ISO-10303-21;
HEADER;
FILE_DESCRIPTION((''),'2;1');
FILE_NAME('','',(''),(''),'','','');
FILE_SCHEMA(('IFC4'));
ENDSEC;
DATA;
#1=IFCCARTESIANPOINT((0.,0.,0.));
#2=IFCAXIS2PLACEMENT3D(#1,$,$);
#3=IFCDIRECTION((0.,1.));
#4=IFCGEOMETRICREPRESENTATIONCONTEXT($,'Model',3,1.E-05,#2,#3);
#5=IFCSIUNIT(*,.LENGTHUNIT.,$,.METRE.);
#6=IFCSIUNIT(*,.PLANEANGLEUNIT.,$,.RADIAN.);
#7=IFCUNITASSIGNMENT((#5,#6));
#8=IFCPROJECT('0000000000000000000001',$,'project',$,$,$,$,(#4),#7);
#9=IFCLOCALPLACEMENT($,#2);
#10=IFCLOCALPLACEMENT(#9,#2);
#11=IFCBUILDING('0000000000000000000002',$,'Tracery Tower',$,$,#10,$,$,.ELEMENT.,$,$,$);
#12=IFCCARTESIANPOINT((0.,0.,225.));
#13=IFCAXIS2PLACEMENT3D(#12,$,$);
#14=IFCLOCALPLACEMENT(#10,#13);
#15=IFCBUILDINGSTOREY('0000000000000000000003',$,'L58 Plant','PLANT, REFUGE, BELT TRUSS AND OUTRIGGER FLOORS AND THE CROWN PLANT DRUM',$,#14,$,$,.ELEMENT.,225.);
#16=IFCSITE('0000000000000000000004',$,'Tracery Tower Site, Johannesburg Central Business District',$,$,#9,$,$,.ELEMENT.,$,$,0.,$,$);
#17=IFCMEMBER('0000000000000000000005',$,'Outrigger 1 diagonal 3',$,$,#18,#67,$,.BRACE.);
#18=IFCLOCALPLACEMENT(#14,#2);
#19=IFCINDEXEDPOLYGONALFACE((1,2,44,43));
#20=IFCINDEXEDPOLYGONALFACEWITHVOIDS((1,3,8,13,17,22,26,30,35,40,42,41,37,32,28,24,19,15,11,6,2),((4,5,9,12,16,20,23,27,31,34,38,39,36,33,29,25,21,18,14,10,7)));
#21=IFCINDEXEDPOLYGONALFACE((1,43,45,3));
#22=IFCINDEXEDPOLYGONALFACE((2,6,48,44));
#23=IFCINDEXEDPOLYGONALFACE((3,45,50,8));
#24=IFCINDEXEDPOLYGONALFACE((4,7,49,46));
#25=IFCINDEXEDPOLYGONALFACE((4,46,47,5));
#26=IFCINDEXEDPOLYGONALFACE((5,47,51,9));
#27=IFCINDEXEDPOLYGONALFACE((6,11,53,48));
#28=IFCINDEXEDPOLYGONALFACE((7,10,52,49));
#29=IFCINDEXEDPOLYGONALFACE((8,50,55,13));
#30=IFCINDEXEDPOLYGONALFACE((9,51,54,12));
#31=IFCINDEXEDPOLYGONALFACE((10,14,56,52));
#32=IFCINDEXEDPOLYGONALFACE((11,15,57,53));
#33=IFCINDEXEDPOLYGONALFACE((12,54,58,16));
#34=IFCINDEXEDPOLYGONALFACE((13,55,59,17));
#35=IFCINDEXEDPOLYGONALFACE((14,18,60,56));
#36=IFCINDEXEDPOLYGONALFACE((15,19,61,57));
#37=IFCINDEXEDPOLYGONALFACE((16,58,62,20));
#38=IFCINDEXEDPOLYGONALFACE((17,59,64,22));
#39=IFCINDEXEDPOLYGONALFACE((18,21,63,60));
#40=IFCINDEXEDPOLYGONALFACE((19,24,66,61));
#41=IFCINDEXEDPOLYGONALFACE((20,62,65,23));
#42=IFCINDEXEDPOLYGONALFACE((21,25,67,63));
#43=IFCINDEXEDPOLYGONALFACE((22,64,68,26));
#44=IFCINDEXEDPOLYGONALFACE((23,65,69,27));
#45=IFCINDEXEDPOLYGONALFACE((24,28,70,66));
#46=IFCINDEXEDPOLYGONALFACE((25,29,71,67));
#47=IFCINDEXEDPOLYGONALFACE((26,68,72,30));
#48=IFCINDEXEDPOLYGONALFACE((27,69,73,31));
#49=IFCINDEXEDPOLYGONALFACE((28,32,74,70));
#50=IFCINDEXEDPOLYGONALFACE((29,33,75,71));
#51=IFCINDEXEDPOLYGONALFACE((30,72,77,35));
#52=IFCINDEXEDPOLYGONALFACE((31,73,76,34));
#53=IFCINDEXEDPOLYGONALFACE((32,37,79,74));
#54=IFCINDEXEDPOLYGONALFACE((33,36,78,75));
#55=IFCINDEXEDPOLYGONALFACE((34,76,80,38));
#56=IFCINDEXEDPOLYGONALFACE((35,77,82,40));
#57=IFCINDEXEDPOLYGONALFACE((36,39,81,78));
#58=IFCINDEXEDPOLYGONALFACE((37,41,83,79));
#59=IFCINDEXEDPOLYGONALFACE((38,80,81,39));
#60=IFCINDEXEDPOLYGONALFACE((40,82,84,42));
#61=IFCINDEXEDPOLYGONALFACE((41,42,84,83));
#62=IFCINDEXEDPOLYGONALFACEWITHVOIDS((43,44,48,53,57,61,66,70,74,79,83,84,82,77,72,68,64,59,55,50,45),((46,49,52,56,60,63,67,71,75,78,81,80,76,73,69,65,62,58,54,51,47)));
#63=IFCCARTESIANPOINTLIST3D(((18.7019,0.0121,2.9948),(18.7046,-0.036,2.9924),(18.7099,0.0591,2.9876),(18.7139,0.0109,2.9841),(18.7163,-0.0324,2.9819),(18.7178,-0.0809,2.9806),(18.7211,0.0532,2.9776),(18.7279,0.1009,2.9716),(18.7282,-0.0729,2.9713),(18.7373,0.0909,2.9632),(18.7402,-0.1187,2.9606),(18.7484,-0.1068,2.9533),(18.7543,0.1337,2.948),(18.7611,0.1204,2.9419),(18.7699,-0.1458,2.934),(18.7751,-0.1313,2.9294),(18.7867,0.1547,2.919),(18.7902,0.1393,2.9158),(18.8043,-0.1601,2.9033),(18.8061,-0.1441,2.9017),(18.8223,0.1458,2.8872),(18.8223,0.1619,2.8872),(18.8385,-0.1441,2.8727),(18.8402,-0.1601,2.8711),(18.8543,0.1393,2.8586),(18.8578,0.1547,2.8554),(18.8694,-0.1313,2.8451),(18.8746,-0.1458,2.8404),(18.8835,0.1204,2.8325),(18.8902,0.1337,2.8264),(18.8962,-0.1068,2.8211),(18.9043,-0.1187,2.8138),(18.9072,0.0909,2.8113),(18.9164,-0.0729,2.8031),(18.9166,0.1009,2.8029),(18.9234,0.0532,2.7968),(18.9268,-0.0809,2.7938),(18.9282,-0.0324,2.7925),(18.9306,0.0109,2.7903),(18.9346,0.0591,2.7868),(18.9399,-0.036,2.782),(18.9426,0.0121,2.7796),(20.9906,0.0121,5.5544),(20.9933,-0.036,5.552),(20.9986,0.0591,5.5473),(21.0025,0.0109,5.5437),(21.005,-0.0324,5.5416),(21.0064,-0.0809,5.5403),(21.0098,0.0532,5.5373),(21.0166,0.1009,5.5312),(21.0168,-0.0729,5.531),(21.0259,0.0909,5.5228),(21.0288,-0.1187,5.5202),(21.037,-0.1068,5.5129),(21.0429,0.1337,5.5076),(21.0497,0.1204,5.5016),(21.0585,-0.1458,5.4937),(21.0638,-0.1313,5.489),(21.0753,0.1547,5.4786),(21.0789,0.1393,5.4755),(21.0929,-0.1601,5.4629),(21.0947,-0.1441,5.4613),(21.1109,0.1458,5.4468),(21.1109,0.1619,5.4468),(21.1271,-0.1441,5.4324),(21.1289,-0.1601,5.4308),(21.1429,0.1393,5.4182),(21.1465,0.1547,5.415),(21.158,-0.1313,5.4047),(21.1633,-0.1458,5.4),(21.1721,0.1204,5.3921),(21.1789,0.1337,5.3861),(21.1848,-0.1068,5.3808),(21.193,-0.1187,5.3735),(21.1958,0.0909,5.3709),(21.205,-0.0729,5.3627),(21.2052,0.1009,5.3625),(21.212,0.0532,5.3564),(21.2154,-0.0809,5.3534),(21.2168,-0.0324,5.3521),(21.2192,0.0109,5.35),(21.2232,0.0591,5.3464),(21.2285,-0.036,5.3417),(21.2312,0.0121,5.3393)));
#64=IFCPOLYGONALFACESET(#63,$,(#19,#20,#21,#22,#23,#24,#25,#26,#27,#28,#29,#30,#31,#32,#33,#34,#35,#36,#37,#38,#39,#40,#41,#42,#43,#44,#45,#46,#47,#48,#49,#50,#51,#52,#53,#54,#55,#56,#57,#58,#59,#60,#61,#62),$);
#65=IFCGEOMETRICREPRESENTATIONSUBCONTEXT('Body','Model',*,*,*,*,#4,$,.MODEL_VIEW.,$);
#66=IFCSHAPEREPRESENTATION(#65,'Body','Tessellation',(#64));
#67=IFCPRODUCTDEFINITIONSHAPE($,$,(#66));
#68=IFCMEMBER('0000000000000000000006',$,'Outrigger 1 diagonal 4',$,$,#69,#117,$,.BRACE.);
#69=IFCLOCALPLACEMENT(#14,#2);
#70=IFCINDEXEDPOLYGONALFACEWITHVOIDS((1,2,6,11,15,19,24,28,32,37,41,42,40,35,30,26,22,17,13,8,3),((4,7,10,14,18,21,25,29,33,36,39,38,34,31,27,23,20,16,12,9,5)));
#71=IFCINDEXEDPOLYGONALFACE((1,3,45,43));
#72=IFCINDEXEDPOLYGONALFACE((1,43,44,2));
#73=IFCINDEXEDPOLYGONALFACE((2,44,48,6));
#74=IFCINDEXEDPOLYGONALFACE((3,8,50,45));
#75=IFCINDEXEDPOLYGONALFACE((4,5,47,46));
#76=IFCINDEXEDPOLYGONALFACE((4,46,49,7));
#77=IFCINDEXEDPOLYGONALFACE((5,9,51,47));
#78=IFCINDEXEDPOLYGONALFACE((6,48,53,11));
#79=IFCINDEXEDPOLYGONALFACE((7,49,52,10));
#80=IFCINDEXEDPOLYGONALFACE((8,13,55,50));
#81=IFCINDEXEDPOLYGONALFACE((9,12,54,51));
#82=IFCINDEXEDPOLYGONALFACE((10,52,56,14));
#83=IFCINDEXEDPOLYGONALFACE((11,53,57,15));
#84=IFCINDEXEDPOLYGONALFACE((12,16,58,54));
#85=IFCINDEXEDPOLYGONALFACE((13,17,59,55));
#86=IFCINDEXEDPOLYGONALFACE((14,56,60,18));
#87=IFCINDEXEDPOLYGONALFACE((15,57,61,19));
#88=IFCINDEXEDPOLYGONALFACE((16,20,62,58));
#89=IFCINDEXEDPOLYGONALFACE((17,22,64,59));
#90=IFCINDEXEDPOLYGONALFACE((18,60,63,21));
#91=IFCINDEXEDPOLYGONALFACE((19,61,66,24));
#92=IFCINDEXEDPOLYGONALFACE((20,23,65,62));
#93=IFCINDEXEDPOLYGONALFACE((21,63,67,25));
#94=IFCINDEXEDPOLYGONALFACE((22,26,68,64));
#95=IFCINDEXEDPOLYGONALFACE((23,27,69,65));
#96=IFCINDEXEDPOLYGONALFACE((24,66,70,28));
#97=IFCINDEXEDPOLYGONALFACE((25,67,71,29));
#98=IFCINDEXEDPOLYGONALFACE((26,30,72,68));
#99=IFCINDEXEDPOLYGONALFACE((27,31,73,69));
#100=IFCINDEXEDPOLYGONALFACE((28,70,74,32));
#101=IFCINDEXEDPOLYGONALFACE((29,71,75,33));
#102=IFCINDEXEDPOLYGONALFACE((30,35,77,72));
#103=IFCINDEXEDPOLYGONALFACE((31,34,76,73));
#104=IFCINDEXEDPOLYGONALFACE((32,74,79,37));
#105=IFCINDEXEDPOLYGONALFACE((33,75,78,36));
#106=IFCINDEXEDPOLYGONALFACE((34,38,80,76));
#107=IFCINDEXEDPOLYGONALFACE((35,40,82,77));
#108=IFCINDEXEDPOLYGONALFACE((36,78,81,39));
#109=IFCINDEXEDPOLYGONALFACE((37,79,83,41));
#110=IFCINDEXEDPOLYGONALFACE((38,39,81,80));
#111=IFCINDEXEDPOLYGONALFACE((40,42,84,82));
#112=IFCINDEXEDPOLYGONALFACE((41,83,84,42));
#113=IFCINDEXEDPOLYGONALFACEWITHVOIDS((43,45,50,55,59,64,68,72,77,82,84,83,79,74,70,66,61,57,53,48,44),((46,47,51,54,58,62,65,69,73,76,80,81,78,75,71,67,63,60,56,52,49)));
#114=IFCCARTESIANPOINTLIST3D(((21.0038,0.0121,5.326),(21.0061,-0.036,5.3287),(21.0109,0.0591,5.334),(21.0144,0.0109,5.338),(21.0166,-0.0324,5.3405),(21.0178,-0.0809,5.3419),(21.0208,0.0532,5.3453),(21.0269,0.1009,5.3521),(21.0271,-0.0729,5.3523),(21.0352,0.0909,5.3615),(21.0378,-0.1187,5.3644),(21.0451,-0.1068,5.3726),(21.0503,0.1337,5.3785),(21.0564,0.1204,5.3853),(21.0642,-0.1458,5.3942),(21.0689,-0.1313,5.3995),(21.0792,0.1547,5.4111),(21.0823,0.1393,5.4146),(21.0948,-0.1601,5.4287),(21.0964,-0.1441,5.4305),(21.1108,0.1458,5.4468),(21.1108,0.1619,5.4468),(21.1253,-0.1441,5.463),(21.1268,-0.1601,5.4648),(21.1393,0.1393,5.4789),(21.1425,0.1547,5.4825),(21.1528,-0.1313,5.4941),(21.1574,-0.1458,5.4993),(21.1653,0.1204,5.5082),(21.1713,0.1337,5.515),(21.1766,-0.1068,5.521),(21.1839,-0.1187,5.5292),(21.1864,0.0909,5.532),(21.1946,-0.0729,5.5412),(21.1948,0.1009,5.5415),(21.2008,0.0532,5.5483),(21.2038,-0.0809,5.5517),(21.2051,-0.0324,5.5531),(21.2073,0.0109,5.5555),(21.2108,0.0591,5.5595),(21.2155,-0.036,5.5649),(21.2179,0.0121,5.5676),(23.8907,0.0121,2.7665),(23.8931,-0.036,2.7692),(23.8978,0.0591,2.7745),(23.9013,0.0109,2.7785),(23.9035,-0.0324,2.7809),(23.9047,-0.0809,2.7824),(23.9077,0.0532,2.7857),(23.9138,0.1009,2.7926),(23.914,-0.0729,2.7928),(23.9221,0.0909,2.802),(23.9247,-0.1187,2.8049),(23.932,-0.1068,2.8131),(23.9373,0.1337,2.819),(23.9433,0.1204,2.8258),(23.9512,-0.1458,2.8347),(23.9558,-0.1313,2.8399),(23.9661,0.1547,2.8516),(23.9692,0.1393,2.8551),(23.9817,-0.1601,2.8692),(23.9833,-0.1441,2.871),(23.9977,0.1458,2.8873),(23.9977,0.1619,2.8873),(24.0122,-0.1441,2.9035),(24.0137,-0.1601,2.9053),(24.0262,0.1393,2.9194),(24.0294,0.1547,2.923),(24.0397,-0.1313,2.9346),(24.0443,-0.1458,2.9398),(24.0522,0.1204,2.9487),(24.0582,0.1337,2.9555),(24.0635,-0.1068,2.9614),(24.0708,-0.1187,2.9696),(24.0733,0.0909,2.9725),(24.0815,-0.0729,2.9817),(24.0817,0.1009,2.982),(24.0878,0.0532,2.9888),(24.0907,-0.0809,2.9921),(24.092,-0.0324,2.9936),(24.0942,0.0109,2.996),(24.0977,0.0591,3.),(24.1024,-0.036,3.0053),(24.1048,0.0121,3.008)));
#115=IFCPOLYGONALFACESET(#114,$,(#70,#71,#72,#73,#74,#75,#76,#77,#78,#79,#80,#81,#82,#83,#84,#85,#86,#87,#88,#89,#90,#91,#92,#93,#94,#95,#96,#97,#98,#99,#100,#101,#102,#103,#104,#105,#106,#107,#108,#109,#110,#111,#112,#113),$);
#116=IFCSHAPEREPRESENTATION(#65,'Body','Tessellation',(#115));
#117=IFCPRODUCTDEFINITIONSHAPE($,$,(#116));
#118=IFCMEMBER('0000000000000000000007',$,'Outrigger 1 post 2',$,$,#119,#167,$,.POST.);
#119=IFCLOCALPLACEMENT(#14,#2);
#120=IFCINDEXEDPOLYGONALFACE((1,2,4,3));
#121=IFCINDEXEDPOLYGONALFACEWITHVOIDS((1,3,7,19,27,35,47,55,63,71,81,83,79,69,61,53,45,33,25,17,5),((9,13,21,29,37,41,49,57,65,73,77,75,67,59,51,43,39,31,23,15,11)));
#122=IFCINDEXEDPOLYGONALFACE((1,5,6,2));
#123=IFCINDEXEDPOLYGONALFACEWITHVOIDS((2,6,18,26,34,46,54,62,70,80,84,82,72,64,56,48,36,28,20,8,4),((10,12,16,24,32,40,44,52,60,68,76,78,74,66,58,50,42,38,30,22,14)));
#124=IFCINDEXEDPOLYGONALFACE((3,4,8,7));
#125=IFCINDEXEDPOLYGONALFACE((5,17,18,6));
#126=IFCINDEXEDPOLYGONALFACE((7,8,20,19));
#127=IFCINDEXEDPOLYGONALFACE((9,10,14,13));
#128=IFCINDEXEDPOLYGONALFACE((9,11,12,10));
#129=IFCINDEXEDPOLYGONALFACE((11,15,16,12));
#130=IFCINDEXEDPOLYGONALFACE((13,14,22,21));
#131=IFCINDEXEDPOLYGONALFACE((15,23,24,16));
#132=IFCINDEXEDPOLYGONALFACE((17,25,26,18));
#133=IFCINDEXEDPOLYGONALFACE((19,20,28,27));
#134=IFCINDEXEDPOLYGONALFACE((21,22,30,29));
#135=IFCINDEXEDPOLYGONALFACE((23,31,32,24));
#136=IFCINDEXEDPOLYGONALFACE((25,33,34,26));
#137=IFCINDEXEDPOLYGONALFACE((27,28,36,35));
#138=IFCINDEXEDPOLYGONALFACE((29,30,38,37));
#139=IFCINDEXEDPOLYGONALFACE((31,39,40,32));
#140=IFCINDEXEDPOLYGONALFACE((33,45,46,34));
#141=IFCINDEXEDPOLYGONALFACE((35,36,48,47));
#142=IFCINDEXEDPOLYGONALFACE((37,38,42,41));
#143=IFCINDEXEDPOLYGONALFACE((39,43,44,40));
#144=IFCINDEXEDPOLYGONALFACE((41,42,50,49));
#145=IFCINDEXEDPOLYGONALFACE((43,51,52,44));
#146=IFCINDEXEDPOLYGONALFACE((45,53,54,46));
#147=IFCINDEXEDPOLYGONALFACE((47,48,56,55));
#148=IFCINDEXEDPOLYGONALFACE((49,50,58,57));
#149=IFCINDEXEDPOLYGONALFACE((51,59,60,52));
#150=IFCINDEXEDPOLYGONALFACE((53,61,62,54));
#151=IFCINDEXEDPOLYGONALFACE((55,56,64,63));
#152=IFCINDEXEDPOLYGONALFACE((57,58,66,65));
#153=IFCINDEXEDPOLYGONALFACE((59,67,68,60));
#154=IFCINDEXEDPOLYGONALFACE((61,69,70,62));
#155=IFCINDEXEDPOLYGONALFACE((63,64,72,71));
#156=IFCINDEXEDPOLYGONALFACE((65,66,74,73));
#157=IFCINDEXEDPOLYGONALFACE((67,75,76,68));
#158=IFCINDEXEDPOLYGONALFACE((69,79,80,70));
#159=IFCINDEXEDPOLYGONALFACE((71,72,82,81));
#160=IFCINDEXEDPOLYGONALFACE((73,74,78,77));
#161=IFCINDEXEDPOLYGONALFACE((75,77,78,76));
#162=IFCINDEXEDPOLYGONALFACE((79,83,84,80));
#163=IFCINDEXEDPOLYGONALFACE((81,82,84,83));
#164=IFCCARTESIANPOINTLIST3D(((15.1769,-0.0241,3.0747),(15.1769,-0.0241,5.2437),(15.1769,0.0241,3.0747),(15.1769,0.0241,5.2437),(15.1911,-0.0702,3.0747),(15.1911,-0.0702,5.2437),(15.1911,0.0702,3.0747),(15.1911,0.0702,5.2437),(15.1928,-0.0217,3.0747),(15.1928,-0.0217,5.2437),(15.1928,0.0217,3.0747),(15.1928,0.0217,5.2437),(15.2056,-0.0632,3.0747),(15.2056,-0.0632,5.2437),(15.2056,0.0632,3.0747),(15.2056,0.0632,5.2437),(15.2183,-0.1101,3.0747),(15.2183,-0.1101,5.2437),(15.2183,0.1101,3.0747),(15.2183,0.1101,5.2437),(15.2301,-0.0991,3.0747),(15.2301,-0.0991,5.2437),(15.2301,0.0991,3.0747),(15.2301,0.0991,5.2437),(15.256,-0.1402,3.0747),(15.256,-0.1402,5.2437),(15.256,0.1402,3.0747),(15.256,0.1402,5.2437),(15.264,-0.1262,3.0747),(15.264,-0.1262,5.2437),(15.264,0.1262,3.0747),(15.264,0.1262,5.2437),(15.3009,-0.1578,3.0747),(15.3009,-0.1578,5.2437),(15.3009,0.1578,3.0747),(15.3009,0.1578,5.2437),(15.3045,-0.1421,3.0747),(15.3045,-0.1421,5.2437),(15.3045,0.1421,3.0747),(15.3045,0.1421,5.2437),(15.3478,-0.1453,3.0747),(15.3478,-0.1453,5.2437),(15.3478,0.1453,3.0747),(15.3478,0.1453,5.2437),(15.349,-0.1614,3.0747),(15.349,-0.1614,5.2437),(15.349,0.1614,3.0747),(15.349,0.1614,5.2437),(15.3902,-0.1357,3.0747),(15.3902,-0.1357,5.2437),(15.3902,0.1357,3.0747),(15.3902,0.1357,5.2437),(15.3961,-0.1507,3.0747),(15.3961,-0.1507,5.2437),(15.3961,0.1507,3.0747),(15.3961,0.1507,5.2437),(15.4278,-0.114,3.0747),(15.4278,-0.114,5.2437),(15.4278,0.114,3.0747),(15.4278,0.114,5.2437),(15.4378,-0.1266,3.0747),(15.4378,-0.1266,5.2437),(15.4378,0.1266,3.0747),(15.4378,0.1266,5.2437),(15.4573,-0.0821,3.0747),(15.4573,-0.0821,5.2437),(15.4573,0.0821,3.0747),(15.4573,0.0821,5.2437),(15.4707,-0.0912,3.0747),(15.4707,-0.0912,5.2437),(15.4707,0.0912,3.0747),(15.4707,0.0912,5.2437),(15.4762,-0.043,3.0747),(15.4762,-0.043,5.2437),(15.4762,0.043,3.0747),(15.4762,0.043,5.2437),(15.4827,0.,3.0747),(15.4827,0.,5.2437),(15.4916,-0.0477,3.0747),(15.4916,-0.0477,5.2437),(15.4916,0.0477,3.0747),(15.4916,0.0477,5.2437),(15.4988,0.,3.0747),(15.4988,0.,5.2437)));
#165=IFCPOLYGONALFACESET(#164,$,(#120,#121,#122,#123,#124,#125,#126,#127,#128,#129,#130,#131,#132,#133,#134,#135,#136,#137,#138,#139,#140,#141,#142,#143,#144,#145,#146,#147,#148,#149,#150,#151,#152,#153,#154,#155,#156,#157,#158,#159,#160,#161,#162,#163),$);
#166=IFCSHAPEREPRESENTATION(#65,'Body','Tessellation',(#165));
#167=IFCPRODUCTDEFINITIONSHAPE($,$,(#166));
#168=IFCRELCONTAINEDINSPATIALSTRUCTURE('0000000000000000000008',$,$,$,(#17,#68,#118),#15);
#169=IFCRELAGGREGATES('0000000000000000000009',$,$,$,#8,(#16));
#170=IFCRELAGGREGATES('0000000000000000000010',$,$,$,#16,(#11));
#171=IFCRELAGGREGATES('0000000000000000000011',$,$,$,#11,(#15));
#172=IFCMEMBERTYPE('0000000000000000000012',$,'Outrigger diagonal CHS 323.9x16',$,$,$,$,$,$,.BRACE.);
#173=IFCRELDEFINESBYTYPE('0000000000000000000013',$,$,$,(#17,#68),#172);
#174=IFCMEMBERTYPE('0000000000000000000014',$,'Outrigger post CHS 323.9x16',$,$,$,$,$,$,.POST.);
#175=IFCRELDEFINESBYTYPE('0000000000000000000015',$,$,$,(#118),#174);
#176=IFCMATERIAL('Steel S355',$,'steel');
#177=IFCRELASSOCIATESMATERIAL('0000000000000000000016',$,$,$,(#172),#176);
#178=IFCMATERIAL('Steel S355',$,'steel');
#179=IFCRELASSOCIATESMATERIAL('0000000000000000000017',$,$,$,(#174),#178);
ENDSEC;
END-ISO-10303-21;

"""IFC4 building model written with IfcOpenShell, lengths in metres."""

from ifc_helpers import new_model, si_unit, direction, frame, origin, origin_2d, place, context, subcontext, project, spatial, hollow_circle, extrude, material, material_profile, profile_set, type_object, element, save


model = new_model("IFC4")

# Units and contexts
model_context = context("Model", 3, precision=1e-05, world=origin(), true_north=direction((0.0, 1.0)))
body_context = subcontext(model_context, "Body", "Model", "MODEL_VIEW")
ifc_project = project(units=[si_unit("LENGTHUNIT", "METRE"), si_unit("PLANEANGLEUNIT", "RADIAN")], contexts=[model_context])

# Site, building, storey
site_placement = place(None, origin())
site = spatial("IfcSite", under=ifc_project, at=site_placement, Name="Tracery Tower Site, Johannesburg Central Business District", CompositionType="ELEMENT", RefElevation=0.0)
building_placement = place(site_placement, origin())
building = spatial("IfcBuilding", under=site, at=building_placement, Name="Tracery Tower", CompositionType="ELEMENT")
storey_placement = place(building_placement, frame((0.0, 0.0, 225.0)))
storey = spatial("IfcBuildingStorey", under=building, at=storey_placement, Name="L58 Plant", Description="PLANT, REFUGE, BELT TRUSS AND OUTRIGGER FLOORS AND THE CROWN PLANT DRUM", CompositionType="ELEMENT", Elevation=225.0)

# Members
ifc_material_1 = material(Name="Steel S355", Category="steel")
ifc_material_profile_1 = material_profile(ifc_material_1, hollow_circle(Radius=0.1619, WallThickness=0.0161, at=origin_2d()), Name="CHS 323.9x16")
ifc_profile_set_1 = profile_set([ifc_material_profile_1], Name="Steel S355")
member_type_1 = type_object("IfcMemberType", Name="Outrigger diagonal CHS 323.9x16", PredefinedType="BRACE", material=ifc_profile_set_1)
member_1_placement = place(storey_placement, frame((18.8223, 0.0, 2.8872), z_axis=(0.666541, 0.0, 0.745468), x_axis=(0.0, 1.0, 0.0)))
element("IfcMember", 1, at=member_1_placement, inside=storey, type_object=member_type_1, Name="Outrigger 1 diagonal 3", PredefinedType="BRACE", context=body_context, shape_type="SweptSolid", body=[
    extrude(hollow_circle(Radius=0.1619, WallThickness=0.0161, at=origin_2d()), origin(), (0.0, 0.0, 1.0), 3.4336),
])
member_2_placement = place(storey_placement, frame((21.1108, 0.0, 5.4468), z_axis=(0.748261, 0.0, -0.663405), x_axis=(0.0, 1.0, 0.0)))
element("IfcMember", 2, at=member_2_placement, inside=storey, type_object=member_type_1, Name="Outrigger 1 diagonal 4", PredefinedType="BRACE", context=body_context, shape_type="SweptSolid", body=[
    extrude(hollow_circle(Radius=0.1619, WallThickness=0.0161, at=origin_2d()), origin(), (0.0, 0.0, 1.0), 3.8582),
])
ifc_material_2 = material(Name="Steel S355", Category="steel")
ifc_material_profile_2 = material_profile(ifc_material_2, hollow_circle(Radius=0.1619, WallThickness=0.0161, at=origin_2d()), Name="CHS 323.9x16")
ifc_profile_set_2 = profile_set([ifc_material_profile_2], Name="Steel S355")
member_type_2 = type_object("IfcMemberType", Name="Outrigger post CHS 323.9x16", PredefinedType="POST", material=ifc_profile_set_2)
member_3_placement = place(storey_placement, frame((15.3369, 0.0, 3.0747), z_axis=(0.0, 0.0, 1.0), x_axis=(1.0, 0.0, 0.0)))
element("IfcMember", 3, at=member_3_placement, inside=storey, type_object=member_type_2, Name="Outrigger 1 post 2", PredefinedType="POST", context=body_context, shape_type="SweptSolid", body=[
    extrude(hollow_circle(Radius=0.1619, WallThickness=0.0161, at=origin_2d()), origin(), (0.0, 0.0, 1.0), 2.1689),
])

save(model, "model.ifc")
